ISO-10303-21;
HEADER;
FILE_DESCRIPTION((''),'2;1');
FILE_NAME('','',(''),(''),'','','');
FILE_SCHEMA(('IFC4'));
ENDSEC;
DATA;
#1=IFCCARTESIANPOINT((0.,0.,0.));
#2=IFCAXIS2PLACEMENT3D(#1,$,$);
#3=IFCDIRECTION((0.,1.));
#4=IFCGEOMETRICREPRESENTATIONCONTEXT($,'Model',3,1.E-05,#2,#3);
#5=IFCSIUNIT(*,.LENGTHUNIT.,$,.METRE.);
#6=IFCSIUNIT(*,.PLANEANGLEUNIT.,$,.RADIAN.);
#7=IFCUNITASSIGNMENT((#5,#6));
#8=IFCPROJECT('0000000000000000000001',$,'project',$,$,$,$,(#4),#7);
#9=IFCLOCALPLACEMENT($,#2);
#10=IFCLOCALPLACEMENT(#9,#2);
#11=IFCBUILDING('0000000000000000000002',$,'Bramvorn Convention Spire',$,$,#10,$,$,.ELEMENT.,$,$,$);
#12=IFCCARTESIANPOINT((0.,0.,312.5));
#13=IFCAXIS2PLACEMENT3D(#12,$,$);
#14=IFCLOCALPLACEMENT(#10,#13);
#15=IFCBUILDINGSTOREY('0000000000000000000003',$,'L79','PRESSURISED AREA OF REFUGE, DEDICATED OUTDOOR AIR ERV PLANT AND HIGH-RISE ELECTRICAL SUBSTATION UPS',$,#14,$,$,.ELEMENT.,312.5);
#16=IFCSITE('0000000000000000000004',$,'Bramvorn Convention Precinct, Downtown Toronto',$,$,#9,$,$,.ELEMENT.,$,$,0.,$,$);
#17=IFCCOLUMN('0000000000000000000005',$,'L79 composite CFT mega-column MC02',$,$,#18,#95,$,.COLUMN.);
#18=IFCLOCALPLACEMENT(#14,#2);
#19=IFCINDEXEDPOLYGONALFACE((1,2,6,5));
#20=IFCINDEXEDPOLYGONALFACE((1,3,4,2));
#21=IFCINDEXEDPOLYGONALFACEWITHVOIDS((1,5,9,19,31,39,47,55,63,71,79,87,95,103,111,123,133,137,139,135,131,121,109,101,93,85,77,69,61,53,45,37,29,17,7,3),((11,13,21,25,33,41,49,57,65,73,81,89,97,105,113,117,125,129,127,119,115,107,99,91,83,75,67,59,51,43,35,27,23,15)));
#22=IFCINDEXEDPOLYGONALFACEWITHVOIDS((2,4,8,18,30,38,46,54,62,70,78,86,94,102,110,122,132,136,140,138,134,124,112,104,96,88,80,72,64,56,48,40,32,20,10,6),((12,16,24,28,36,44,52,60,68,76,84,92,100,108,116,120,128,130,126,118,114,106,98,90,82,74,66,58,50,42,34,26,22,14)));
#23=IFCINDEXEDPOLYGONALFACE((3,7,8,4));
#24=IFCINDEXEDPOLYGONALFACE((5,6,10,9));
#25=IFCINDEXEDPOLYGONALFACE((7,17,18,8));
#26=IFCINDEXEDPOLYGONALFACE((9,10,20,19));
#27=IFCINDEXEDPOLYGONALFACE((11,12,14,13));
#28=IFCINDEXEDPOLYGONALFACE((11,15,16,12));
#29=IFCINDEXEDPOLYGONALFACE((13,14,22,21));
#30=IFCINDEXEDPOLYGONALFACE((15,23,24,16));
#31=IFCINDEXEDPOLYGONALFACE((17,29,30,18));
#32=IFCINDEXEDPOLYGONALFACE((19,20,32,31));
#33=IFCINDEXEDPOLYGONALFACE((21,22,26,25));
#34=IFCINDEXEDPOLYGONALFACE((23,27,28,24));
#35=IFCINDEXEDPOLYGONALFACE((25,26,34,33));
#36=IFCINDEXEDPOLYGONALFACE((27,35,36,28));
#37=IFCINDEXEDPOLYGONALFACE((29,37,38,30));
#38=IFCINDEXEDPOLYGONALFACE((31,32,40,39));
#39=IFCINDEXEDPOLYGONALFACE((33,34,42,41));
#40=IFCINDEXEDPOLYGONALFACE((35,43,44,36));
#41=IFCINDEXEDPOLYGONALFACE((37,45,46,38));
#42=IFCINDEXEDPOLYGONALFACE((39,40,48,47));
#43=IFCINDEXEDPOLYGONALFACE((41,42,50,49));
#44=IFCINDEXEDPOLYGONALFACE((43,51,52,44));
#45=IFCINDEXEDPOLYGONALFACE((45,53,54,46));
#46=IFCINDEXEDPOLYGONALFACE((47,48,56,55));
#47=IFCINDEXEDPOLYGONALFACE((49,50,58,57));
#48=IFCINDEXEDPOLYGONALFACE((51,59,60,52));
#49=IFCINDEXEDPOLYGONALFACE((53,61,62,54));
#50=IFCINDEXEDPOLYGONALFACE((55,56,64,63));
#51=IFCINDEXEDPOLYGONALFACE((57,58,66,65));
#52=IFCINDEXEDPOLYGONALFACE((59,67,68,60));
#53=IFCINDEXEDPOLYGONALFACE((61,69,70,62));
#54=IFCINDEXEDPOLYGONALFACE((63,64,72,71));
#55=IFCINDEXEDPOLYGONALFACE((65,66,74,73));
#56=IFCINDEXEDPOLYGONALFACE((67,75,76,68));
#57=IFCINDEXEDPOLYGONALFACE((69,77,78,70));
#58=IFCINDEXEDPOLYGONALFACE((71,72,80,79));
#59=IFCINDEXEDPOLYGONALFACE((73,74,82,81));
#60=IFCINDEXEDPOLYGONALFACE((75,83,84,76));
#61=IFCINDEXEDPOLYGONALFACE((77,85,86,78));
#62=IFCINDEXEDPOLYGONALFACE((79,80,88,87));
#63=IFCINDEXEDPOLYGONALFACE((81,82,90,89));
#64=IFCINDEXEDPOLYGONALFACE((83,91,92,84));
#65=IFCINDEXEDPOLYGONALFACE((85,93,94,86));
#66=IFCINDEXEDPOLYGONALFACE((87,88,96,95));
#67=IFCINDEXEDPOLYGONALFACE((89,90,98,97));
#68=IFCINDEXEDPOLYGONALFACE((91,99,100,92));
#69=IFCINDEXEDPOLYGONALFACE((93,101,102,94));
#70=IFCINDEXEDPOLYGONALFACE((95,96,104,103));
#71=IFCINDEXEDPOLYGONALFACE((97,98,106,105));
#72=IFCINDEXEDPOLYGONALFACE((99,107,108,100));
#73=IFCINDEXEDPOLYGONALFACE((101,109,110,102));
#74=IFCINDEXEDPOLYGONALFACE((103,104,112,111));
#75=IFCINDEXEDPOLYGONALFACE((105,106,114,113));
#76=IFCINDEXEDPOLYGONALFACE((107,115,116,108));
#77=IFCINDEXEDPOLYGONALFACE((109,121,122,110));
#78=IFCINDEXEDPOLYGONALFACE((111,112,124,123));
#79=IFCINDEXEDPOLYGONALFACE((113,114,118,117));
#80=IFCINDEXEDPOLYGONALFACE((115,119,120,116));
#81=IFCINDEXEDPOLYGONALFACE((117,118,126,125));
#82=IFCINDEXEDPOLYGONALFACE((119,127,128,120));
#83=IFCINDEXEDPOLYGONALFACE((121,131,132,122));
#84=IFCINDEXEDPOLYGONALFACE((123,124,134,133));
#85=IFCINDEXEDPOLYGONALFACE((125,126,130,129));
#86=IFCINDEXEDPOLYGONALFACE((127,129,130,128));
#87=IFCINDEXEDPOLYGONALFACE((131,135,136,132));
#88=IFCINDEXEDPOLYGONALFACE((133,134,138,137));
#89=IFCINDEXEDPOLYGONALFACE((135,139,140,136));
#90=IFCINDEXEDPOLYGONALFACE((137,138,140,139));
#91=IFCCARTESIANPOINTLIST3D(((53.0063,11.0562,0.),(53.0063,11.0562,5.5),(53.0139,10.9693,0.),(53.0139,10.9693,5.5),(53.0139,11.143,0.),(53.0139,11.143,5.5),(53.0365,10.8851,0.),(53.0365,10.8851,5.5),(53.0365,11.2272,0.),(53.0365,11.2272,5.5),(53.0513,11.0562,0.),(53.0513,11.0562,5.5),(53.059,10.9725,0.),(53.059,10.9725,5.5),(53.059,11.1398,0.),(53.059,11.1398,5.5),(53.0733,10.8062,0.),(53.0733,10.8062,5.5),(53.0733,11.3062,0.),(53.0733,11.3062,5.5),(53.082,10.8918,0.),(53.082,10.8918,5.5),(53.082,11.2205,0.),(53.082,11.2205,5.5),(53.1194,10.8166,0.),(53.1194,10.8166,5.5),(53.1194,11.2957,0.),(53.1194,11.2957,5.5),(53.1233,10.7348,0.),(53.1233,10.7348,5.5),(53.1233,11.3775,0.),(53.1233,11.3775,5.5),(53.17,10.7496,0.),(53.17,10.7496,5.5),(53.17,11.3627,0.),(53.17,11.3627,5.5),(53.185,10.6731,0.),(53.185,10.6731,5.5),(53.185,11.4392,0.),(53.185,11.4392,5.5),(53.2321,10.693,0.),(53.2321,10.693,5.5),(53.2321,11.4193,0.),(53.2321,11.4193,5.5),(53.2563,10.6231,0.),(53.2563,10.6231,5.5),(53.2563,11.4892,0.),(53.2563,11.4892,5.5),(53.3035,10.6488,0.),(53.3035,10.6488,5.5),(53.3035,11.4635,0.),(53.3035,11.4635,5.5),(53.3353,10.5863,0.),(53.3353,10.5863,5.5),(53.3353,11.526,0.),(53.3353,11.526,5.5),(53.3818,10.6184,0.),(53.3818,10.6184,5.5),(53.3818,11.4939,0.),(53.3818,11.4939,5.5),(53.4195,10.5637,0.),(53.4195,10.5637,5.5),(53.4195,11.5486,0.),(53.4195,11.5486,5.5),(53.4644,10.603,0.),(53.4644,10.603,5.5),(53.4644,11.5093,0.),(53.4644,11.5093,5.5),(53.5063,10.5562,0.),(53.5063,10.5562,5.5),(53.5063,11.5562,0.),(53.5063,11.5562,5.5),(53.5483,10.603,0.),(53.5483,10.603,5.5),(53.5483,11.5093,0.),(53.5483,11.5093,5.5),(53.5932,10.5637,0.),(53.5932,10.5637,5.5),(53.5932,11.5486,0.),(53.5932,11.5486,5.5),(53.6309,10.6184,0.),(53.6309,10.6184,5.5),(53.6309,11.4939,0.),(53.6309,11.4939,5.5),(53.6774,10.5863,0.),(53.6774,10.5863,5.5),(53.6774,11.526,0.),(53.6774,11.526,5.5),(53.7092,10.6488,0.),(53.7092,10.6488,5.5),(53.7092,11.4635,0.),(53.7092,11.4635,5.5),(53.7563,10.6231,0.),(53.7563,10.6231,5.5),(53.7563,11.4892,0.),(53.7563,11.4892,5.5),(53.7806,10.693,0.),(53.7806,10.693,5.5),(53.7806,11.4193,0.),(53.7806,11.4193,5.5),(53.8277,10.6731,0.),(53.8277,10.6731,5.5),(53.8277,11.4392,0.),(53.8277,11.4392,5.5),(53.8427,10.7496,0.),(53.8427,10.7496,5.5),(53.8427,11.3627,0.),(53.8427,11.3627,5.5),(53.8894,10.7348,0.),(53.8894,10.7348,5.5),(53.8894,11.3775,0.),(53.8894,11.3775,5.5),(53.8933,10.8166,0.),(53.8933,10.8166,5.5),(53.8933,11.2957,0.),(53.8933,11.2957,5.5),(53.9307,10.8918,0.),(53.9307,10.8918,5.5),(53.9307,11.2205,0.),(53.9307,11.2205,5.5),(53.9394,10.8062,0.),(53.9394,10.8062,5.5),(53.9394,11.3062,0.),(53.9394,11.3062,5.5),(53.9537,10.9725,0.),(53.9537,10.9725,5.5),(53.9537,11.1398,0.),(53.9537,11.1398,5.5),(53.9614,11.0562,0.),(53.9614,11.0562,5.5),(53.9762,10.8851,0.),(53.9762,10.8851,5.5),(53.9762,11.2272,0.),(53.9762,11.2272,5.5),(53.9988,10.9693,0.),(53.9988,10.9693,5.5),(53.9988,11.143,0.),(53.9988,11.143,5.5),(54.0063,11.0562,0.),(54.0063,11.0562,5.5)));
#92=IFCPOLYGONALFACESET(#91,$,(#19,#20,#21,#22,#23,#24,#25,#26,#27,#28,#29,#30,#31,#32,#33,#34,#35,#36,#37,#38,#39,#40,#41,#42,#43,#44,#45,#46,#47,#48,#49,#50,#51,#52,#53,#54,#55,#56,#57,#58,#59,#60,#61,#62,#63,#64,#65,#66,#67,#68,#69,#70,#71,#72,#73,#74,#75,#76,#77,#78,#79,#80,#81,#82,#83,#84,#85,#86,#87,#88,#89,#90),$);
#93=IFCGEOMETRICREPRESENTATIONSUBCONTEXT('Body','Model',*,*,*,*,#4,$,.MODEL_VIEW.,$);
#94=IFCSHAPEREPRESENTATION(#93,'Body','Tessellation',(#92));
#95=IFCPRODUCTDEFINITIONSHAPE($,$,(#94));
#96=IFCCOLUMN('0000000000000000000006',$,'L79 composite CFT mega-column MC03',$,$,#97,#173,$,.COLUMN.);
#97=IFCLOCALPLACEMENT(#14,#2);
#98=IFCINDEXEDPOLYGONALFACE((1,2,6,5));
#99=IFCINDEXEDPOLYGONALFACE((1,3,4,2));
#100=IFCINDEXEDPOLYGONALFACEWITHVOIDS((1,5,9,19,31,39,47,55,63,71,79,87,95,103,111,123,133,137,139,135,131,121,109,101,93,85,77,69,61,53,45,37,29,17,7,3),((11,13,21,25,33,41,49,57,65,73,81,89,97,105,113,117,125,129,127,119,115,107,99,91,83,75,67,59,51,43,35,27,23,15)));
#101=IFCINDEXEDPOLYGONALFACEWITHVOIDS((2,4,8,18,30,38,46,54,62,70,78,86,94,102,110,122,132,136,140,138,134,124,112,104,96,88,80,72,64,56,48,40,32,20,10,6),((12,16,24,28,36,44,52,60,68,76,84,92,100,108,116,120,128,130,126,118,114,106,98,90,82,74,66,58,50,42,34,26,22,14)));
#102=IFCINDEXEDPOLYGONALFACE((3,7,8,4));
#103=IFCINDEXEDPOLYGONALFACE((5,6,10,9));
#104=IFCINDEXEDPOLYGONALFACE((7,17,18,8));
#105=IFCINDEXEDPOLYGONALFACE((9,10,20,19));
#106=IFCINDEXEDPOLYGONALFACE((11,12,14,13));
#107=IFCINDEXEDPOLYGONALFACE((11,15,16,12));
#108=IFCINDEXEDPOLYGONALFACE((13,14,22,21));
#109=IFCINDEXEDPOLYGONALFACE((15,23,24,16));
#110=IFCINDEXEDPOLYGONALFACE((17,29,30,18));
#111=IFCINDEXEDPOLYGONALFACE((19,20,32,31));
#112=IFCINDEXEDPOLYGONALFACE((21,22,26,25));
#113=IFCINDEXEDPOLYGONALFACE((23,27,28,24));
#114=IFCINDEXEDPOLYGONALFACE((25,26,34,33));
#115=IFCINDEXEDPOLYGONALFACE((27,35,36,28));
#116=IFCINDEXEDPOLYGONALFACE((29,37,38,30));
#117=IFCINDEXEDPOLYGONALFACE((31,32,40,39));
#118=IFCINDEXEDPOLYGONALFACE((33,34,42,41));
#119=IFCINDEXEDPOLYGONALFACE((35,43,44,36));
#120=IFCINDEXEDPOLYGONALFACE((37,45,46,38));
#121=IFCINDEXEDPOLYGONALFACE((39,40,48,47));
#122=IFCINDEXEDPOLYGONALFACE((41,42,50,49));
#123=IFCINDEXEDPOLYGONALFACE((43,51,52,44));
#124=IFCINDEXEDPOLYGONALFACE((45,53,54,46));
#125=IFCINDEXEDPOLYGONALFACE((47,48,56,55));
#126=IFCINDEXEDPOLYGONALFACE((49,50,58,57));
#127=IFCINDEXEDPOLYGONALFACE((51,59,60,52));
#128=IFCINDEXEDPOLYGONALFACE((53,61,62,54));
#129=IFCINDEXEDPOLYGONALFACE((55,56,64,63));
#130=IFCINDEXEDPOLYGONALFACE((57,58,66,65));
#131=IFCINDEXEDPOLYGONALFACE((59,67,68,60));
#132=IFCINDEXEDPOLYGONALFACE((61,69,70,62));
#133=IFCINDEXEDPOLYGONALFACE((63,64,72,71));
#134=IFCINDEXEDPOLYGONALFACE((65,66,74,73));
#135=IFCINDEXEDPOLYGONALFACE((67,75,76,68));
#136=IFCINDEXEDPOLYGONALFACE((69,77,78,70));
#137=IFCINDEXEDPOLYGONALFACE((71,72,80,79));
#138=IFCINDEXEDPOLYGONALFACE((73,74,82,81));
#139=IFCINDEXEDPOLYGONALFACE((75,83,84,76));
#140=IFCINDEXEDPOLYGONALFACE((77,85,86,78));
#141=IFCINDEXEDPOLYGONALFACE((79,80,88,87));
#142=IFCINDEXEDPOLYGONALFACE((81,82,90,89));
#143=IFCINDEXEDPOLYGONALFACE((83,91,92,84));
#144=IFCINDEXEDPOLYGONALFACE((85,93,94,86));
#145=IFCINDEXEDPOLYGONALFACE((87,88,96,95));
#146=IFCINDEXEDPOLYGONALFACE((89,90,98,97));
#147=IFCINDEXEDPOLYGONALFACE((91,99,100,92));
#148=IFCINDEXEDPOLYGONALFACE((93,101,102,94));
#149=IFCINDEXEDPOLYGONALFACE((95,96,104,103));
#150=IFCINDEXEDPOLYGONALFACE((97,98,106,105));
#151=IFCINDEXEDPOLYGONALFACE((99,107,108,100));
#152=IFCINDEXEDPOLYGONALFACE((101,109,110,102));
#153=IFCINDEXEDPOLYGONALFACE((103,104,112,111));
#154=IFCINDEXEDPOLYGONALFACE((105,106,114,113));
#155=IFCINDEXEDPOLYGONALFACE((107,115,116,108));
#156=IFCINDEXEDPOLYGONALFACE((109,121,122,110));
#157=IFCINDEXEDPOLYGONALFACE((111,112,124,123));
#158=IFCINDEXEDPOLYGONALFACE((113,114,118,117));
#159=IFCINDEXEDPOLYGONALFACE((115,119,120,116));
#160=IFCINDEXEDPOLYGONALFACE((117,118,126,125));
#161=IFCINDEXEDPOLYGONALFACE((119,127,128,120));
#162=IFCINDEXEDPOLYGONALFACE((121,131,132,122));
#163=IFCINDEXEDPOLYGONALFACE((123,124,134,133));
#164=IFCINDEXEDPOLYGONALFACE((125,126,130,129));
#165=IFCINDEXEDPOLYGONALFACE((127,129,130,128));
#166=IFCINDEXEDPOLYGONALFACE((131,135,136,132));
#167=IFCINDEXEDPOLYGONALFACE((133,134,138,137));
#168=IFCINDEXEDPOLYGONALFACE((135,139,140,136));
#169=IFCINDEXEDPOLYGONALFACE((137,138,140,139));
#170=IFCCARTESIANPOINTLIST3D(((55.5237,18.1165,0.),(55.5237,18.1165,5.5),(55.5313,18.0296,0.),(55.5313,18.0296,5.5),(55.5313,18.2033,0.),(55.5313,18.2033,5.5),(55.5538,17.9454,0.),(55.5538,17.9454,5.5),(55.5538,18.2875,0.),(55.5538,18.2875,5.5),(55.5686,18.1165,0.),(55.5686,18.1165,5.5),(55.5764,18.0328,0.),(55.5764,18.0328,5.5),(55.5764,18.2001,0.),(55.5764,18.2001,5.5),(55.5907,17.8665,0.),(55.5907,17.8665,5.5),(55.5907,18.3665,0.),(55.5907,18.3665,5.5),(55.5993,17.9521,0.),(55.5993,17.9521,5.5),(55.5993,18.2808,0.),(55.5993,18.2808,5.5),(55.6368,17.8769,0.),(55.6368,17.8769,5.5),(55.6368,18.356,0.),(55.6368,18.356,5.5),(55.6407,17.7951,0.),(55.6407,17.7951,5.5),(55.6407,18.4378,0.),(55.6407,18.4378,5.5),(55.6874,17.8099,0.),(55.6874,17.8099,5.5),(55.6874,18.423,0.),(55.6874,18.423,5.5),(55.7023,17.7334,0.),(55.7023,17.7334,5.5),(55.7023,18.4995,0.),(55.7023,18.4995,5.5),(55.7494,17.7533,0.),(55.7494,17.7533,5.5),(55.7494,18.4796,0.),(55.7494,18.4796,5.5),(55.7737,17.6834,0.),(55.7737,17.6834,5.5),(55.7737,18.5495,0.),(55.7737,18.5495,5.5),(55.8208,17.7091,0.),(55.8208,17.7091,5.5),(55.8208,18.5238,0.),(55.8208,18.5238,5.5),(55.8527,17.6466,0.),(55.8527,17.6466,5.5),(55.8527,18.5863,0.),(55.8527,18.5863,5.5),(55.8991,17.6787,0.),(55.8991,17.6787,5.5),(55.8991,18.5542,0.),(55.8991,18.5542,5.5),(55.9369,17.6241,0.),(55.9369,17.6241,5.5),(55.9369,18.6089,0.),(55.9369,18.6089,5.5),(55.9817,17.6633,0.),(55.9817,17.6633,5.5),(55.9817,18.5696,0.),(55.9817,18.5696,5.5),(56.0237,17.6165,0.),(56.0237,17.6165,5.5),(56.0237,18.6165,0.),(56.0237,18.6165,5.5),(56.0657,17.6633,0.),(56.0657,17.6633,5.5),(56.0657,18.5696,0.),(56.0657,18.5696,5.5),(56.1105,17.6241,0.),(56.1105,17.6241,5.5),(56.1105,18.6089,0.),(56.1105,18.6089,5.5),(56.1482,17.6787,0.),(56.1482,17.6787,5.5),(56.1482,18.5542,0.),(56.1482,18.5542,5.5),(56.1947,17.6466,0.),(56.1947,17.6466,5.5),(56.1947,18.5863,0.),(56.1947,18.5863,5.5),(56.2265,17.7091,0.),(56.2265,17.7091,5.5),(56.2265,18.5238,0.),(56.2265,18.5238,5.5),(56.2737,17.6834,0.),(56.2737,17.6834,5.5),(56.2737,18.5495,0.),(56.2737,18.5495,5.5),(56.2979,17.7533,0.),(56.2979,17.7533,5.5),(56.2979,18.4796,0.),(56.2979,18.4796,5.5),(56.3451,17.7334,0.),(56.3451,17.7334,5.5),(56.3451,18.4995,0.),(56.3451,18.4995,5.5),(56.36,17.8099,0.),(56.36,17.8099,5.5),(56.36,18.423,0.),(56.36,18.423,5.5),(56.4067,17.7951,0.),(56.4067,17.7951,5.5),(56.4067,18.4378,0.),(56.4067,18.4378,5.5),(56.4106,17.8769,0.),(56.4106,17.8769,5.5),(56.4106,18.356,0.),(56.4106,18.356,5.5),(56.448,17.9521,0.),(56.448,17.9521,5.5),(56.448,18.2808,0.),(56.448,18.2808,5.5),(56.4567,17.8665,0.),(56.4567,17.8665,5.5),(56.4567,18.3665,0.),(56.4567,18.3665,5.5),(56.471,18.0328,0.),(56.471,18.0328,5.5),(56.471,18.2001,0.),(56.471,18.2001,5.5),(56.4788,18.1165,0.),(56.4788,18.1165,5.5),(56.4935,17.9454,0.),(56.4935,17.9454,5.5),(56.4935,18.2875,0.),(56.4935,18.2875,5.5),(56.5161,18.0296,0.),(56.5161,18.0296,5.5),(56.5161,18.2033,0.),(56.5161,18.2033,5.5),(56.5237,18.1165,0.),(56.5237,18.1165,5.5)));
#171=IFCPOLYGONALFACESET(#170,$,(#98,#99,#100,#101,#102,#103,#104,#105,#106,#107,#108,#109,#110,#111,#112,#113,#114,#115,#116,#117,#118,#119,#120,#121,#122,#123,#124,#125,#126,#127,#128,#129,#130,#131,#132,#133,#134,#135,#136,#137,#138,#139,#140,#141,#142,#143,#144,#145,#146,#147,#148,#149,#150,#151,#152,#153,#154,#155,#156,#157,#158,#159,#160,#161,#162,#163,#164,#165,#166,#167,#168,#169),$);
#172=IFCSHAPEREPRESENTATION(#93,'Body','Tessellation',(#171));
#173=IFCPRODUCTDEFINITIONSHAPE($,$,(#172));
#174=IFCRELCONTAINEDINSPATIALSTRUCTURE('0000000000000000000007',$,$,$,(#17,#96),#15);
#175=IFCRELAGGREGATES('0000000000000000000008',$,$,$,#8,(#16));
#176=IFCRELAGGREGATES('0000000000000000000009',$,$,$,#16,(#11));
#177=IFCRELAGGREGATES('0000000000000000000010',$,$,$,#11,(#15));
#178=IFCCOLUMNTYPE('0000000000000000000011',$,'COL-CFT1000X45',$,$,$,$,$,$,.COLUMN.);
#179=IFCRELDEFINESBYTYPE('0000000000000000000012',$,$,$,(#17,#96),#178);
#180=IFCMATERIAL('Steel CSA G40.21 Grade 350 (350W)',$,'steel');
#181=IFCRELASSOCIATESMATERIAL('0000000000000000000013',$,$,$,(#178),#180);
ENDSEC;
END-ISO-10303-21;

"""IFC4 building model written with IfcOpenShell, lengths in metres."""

from ifc_helpers import new_model, si_unit, direction, frame, origin, origin_2d, place, context, subcontext, project, spatial, hollow_circle, extrude, material, material_profile, profile_set, type_object, element, save


model = new_model("IFC4")

# Units and contexts
model_context = context("Model", 3, precision=1e-05, world=origin(), true_north=direction((0.0, 1.0)))
body_context = subcontext(model_context, "Body", "Model", "MODEL_VIEW")
ifc_project = project(units=[si_unit("LENGTHUNIT", "METRE"), si_unit("PLANEANGLEUNIT", "RADIAN")], contexts=[model_context])

# Site, building, storey
site_placement = place(None, origin())
site = spatial("IfcSite", under=ifc_project, at=site_placement, Name="Bramvorn Convention Precinct, Downtown Toronto", CompositionType="ELEMENT", RefElevation=0.0)
building_placement = place(site_placement, origin())
building = spatial("IfcBuilding", under=site, at=building_placement, Name="Bramvorn Convention Spire", CompositionType="ELEMENT")
storey_placement = place(building_placement, frame((0.0, 0.0, 312.5)))
storey = spatial("IfcBuildingStorey", under=building, at=storey_placement, Name="L79", Description="PRESSURISED AREA OF REFUGE, DEDICATED OUTDOOR AIR ERV PLANT AND HIGH-RISE ELECTRICAL SUBSTATION UPS", CompositionType="ELEMENT", Elevation=312.5)

# Columns
ifc_material_1 = material(Name="Steel CSA G40.21 Grade 350 (350W)", Category="steel")
ifc_material_profile_1 = material_profile(ifc_material_1, hollow_circle(Radius=0.5, WallThickness=0.0449, at=origin_2d()))
ifc_profile_set_1 = profile_set([ifc_material_profile_1], Name="Steel CSA G40.21 Grade 350 (350W) - CFT1000X45")
column_type = type_object("IfcColumnType", Name="COL-CFT1000X45", PredefinedType="COLUMN", material=ifc_profile_set_1)
for number, where, z_axis, x_axis, name in (
    (1, (53.5063, 11.0562, 0.0), (0.0, 0.0, 1.0), (1.0, 0.0, 0.0), "L79 composite CFT mega-column MC02"),
    (2, (56.0237, 18.1165, 0.0), (0.0, 0.0, 1.0), (1.0, 0.0, 0.0), "L79 composite CFT mega-column MC03"),
):
    element("IfcColumn", number, at=place(storey_placement, frame(where, z_axis=z_axis, x_axis=x_axis)), inside=storey, type_object=column_type, Name=name, PredefinedType="COLUMN", context=body_context, shape_type="SweptSolid", body=[
        extrude(hollow_circle(Radius=0.5, WallThickness=0.0449, at=origin_2d()), origin(), (0.0, 0.0, 1.0), 5.5),
    ])

save(model, "model.ifc")
